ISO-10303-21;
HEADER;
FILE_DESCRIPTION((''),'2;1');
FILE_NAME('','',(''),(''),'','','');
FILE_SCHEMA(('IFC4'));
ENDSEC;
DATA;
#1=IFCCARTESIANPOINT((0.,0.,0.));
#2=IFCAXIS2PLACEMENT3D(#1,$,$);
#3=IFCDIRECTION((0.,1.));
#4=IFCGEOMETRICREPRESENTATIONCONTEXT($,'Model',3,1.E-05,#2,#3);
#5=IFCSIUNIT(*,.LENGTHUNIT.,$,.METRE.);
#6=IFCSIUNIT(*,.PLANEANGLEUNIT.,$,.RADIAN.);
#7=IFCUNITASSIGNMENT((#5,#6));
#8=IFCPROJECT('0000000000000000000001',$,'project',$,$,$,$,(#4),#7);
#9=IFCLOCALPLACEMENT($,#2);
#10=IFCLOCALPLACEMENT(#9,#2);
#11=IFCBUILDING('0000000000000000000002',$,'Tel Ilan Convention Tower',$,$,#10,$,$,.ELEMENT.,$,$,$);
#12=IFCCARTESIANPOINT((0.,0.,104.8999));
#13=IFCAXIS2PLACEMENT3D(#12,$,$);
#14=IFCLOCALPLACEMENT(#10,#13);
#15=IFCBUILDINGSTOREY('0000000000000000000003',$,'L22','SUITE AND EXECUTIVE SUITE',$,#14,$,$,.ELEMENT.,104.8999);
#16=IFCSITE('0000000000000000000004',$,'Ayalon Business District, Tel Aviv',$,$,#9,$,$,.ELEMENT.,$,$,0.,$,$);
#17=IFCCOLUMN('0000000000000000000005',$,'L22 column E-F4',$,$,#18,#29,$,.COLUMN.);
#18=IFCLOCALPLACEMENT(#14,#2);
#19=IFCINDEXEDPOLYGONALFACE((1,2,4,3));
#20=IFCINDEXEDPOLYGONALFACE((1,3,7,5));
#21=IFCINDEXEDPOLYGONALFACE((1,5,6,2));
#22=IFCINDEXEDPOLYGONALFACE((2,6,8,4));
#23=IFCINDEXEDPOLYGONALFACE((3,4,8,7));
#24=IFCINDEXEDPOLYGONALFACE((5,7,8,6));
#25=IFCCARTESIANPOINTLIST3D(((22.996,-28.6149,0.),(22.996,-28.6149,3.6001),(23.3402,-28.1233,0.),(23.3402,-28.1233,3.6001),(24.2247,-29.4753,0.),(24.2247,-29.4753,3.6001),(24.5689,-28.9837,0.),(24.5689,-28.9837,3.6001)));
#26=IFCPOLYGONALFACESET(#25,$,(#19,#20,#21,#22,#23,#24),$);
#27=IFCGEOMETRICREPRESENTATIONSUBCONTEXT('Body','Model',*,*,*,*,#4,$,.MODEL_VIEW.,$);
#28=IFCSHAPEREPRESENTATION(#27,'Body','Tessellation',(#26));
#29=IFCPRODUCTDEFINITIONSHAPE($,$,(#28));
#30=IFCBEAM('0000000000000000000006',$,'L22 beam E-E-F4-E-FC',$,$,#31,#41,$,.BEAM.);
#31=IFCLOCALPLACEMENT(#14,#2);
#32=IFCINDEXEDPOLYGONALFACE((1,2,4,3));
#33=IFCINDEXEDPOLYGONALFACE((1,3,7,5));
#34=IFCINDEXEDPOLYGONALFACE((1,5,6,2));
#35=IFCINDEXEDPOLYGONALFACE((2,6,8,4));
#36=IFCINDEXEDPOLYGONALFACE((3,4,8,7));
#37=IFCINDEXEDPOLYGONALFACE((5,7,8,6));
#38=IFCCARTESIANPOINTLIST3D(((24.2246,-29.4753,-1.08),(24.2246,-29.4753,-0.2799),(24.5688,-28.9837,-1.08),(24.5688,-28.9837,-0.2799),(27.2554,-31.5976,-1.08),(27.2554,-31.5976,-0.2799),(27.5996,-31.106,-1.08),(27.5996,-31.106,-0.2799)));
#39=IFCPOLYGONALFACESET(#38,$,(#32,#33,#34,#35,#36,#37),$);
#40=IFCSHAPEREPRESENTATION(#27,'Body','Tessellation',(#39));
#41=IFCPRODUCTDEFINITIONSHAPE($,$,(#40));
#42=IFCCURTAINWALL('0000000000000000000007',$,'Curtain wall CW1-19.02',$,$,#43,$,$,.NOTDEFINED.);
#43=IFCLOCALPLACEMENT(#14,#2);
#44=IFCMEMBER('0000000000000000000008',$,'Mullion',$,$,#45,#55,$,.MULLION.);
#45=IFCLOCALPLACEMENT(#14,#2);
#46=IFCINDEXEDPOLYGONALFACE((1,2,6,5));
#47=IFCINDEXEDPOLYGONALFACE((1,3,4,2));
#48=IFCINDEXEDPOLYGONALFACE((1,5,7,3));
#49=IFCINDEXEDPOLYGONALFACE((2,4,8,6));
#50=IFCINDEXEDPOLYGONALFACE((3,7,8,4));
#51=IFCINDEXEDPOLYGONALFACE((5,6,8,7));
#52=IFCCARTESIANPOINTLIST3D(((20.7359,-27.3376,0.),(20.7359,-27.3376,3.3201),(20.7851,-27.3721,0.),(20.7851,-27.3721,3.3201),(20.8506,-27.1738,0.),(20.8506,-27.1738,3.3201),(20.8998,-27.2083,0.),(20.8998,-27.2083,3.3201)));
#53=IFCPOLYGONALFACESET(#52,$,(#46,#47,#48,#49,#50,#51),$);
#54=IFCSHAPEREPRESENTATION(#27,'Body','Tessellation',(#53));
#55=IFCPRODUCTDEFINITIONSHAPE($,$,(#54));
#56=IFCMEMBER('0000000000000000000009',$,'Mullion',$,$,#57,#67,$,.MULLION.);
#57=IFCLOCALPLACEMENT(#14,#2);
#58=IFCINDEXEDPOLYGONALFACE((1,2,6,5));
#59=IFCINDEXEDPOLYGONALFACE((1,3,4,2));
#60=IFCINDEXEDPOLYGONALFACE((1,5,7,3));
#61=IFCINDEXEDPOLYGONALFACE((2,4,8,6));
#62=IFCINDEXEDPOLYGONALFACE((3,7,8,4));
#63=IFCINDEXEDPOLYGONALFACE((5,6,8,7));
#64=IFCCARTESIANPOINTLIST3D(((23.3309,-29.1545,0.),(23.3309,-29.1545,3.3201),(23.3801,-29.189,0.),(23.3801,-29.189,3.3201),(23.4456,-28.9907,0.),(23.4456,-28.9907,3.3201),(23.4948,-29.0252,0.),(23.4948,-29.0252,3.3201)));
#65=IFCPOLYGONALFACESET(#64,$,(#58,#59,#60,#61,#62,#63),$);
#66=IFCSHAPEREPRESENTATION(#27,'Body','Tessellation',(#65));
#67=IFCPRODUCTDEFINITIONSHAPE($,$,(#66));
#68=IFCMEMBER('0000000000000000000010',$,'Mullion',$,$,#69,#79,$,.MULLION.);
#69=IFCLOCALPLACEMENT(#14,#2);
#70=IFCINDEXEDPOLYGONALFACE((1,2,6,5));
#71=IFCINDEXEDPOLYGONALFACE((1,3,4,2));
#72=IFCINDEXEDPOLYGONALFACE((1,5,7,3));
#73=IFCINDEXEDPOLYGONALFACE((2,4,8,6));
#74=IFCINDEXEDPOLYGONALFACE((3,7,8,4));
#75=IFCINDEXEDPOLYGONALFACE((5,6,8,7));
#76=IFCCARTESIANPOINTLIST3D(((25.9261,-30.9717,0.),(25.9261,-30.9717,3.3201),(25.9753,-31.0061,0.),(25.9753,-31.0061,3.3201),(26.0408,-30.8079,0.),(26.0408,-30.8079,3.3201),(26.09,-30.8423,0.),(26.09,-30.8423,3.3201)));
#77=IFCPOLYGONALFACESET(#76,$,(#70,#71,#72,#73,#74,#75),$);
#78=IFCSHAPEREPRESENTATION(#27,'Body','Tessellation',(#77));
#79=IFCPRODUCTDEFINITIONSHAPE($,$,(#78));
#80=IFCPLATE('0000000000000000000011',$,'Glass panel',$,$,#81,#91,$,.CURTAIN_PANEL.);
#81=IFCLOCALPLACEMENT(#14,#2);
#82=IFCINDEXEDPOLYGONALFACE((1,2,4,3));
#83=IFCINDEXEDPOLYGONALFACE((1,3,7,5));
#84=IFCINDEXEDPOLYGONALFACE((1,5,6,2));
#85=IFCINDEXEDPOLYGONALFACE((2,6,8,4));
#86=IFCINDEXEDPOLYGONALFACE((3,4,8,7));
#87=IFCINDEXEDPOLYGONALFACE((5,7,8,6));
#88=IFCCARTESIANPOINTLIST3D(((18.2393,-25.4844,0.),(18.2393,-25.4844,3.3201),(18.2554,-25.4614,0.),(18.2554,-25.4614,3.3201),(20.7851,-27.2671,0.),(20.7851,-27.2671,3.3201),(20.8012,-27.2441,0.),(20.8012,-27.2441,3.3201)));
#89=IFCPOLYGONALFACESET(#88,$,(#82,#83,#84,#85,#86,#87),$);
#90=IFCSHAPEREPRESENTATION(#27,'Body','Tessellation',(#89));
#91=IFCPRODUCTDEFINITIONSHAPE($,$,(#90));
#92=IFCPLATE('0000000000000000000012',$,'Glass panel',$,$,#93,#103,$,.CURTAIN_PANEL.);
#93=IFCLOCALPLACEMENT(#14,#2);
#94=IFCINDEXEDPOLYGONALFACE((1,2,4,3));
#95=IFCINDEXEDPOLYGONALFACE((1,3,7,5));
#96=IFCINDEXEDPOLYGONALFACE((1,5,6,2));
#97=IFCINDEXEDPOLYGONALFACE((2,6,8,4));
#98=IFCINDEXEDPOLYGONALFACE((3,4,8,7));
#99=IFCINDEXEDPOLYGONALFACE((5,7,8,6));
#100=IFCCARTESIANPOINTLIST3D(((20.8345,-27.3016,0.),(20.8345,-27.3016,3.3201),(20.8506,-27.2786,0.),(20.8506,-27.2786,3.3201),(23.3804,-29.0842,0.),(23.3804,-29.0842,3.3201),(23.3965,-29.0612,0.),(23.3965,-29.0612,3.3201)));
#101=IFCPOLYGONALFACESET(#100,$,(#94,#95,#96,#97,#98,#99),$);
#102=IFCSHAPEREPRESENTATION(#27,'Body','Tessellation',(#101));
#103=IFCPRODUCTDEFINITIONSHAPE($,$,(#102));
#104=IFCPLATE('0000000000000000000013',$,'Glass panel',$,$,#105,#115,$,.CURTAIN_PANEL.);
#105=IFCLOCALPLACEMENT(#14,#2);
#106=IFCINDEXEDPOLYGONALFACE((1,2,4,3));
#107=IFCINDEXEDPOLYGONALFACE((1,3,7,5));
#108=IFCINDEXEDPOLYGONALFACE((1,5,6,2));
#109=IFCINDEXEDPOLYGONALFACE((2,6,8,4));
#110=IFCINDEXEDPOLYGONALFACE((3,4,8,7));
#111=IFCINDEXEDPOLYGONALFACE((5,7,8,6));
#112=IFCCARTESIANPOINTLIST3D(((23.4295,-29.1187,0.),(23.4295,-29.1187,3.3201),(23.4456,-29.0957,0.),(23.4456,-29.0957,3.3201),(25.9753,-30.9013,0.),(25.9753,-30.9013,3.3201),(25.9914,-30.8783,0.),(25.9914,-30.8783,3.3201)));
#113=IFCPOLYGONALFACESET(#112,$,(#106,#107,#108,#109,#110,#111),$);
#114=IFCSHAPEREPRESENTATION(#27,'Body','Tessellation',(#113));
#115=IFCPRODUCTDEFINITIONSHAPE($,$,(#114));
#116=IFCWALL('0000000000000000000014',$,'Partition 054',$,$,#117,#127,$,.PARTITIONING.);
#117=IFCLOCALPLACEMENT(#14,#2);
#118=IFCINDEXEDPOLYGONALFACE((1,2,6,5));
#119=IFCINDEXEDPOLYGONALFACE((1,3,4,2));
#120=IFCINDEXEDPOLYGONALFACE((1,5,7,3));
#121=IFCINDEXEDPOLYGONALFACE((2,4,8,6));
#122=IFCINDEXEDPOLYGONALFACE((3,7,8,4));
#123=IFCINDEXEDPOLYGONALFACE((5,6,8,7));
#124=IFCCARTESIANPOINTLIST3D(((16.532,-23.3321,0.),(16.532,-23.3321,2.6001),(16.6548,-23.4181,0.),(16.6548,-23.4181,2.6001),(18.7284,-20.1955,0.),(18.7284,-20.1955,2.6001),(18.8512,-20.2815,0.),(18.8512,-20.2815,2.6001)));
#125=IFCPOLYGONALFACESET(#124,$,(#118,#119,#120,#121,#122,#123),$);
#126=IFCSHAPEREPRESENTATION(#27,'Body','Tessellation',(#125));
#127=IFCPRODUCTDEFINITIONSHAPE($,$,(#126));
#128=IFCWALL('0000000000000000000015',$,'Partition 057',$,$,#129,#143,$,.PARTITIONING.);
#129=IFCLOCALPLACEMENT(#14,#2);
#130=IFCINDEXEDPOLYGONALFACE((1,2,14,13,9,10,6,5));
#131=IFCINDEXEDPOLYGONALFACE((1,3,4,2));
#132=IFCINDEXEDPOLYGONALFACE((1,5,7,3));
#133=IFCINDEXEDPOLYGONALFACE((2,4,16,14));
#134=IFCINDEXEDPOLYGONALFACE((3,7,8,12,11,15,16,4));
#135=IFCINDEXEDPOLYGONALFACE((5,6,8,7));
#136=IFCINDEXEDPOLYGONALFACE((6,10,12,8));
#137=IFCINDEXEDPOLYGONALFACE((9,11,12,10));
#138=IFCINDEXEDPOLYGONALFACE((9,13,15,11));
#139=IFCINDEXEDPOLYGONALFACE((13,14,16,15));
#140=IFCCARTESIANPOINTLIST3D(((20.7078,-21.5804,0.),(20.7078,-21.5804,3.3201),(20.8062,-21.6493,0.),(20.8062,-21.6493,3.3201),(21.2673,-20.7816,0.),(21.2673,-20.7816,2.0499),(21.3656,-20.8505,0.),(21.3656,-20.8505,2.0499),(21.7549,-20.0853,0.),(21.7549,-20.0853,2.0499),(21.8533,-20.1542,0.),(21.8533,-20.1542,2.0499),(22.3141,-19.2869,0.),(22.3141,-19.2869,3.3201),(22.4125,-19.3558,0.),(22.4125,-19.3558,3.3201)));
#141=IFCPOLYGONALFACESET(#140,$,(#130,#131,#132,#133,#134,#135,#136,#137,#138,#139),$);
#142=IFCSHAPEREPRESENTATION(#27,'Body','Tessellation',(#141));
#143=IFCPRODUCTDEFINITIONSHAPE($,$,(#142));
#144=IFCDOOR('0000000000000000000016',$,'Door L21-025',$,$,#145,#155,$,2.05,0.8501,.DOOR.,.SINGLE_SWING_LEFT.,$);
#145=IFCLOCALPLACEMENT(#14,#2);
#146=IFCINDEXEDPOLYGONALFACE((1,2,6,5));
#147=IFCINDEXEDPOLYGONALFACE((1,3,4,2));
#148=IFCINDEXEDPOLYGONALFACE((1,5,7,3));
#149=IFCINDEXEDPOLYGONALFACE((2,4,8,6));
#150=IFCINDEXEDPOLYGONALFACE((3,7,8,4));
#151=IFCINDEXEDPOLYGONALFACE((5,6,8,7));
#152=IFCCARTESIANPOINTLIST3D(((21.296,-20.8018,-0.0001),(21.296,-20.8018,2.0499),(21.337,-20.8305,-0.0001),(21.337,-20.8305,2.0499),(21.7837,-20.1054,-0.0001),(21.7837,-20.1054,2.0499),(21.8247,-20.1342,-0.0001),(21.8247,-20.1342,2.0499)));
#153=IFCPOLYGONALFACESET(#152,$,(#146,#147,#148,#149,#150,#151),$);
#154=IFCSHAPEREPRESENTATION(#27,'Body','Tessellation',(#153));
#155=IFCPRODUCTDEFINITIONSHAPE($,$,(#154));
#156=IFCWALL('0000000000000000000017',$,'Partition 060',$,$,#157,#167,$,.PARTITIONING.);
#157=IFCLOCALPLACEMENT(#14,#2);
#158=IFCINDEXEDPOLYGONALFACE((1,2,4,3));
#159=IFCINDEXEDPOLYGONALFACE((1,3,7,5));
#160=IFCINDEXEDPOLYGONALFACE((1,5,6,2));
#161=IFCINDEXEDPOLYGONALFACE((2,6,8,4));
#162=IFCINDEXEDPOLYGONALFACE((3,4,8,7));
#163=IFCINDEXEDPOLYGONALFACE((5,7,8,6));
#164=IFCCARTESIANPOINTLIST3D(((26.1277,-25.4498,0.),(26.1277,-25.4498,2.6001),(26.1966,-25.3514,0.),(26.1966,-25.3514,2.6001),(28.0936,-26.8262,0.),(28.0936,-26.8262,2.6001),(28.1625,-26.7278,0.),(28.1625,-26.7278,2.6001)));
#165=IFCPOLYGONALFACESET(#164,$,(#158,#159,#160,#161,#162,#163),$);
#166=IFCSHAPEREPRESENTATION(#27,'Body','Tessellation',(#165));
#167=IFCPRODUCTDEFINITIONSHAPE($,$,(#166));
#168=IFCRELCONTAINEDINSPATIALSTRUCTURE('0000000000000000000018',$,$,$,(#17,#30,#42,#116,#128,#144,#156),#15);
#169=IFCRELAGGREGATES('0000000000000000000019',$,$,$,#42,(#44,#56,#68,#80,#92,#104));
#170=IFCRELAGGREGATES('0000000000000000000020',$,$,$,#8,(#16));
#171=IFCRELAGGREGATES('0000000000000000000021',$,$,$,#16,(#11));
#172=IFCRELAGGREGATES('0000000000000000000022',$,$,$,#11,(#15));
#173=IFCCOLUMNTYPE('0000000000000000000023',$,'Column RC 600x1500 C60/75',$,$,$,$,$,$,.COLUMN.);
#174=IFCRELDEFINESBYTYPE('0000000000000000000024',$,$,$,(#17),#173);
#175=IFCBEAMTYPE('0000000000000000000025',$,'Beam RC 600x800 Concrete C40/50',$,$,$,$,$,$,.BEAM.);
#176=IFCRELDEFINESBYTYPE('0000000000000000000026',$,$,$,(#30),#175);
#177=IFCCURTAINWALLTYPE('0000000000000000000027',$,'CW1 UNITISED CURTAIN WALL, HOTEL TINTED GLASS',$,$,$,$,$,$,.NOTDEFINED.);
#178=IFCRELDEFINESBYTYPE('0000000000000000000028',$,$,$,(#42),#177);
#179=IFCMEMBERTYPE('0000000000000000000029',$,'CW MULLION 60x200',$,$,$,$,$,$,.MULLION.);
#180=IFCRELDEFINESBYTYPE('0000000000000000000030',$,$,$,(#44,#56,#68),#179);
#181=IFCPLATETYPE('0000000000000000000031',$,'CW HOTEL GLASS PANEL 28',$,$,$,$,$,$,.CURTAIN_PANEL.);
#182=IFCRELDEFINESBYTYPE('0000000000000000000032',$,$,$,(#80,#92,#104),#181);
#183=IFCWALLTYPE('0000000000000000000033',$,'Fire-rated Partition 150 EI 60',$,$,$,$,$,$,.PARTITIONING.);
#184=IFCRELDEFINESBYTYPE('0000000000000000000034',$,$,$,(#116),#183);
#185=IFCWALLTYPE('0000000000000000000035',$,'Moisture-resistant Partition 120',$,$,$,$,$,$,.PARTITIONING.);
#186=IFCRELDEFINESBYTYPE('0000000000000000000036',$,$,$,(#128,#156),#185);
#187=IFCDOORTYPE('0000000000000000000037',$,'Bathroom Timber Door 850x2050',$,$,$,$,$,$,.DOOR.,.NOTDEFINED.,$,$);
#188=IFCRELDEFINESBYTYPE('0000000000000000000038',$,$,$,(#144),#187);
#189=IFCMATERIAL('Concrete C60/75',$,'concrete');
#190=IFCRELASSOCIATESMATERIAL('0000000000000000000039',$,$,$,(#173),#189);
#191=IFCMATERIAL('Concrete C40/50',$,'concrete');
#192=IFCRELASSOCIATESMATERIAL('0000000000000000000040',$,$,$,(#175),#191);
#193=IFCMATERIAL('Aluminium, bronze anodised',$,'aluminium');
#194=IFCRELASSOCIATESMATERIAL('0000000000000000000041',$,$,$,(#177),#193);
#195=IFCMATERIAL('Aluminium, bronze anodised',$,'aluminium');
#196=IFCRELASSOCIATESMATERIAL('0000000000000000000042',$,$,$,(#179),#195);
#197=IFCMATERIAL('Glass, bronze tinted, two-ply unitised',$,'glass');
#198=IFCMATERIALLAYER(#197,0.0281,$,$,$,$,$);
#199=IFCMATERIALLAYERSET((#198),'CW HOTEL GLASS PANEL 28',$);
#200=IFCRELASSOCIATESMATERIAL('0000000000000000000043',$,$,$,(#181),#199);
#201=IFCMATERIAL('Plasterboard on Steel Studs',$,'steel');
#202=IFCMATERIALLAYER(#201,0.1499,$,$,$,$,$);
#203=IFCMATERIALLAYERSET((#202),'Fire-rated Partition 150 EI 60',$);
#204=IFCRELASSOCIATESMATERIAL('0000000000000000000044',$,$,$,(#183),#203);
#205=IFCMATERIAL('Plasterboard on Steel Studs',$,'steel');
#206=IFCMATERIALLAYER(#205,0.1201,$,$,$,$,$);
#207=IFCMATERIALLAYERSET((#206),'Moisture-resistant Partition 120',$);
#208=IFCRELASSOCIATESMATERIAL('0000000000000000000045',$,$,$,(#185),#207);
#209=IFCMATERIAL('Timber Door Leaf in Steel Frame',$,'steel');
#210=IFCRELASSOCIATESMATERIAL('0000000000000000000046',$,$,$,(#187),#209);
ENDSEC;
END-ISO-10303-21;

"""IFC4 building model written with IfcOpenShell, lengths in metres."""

from ifc_helpers import new_model, si_unit, direction, frame, frame_2d, origin, origin_2d, place, context, subcontext, project, spatial, rectangle, extrude, material, layer, layer_set, material_profile, profile_set, type_object, element, fill, aggregate, save


model = new_model("IFC4")

# Units and contexts
model_context = context("Model", 3, precision=1e-05, world=origin(), true_north=direction((0.0, 1.0)))
body_context = subcontext(model_context, "Body", "Model", "MODEL_VIEW")
ifc_project = project(units=[si_unit("LENGTHUNIT", "METRE"), si_unit("PLANEANGLEUNIT", "RADIAN")], contexts=[model_context])

# Site, building, storey
site_placement = place(None, origin())
site = spatial("IfcSite", under=ifc_project, at=site_placement, Name="Ayalon Business District, Tel Aviv", CompositionType="ELEMENT", RefElevation=0.0)
building_placement = place(site_placement, origin())
building = spatial("IfcBuilding", under=site, at=building_placement, Name="Tel Ilan Convention Tower", CompositionType="ELEMENT")
storey_placement = place(building_placement, frame((0.0, 0.0, 104.8999)))
storey = spatial("IfcBuildingStorey", under=building, at=storey_placement, Name="L22", Description="SUITE AND EXECUTIVE SUITE", CompositionType="ELEMENT", Elevation=104.8999)

# Column
ifc_material_1 = material(Name="Concrete C60/75", Category="concrete")
ifc_material_profile_1 = material_profile(ifc_material_1, rectangle(XDim=1.5, YDim=0.6001, at=origin_2d()), Name="RC 600x1500")
ifc_profile_set_1 = profile_set([ifc_material_profile_1], Name="Concrete C60/75")
column_type = type_object("IfcColumnType", Name="Column RC 600x1500 C60/75", PredefinedType="COLUMN", material=ifc_profile_set_1)
column_placement = place(storey_placement, frame((23.7825, -28.7993, 0.0), z_axis=(0.0, 0.0, 1.0), x_axis=(0.819152, -0.573576, 0.0)))
element("IfcColumn", 1, at=column_placement, inside=storey, type_object=column_type, Name="L22 column E-F4", PredefinedType="COLUMN", context=body_context, shape_type="SweptSolid", body=[
    extrude(rectangle(XDim=1.5, YDim=0.6001, at=origin_2d()), origin(), (0.0, 0.0, 1.0), 3.6001),
])

# Beam
ifc_material_2 = material(Name="Concrete C40/50", Category="concrete")
ifc_material_profile_2 = material_profile(ifc_material_2, rectangle(XDim=0.6001, YDim=0.8, at=origin_2d()), Name="RC 600x800")
ifc_profile_set_2 = profile_set([ifc_material_profile_2], Name="Concrete C40/50")
beam_type = type_object("IfcBeamType", Name="Beam RC 600x800 Concrete C40/50", PredefinedType="BEAM", material=ifc_profile_set_2)
beam_placement = place(storey_placement, frame((24.3967, -29.2295, -0.6799), z_axis=(0.819133, -0.573604, 0.0), x_axis=(0.573604, 0.819133, 0.0)))
element("IfcBeam", 2, at=beam_placement, inside=storey, type_object=beam_type, Name="L22 beam E-E-F4-E-FC", PredefinedType="BEAM", context=body_context, shape_type="SweptSolid", body=[
    extrude(rectangle(XDim=0.6001, YDim=0.8, at=origin_2d()), origin(), (0.0, 0.0, 1.0), 3.7),
])

# Curtain wall, members, plates
ifc_material_3 = material(Name="Aluminium, bronze anodised", Category="aluminium")
curtain_wall_type = type_object("IfcCurtainWallType", Name="CW1 UNITISED CURTAIN WALL, HOTEL TINTED GLASS", PredefinedType="NOTDEFINED", material=ifc_material_3)
curtain_wall_placement = place(storey_placement, origin())
curtain_wall = element("IfcCurtainWall", 3, at=curtain_wall_placement, inside=storey, type_object=curtain_wall_type, Name="Curtain wall CW1-19.02", PredefinedType="NOTDEFINED")
ifc_material_4 = material(Name="Aluminium, bronze anodised", Category="aluminium")
ifc_material_profile_3 = material_profile(ifc_material_4, rectangle(XDim=0.0601, YDim=0.2, at=origin_2d()), Name="CW MULLION 60x200")
ifc_profile_set_3 = profile_set([ifc_material_profile_3], Name="Aluminium, bronze anodised")
member_type = type_object("IfcMemberType", Name="CW MULLION 60x200", PredefinedType="MULLION", material=ifc_profile_set_3)
member_1_placement = place(storey_placement, frame((20.8179, -27.2729, 0.0), z_axis=(0.0, 0.0, 1.0), x_axis=(0.819152, -0.573576, 0.0)))
member_1 = element("IfcMember", 4, at=member_1_placement, type_object=member_type, Name="Mullion", PredefinedType="MULLION", context=body_context, shape_type="SweptSolid", body=[
    extrude(rectangle(XDim=0.0601, YDim=0.2, at=origin_2d()), origin(), (0.0, 0.0, 1.0), 3.3201),
])
member_2_placement = place(storey_placement, frame((23.4128, -29.0898, 0.0), z_axis=(0.0, 0.0, 1.0), x_axis=(0.819152, -0.573576, 0.0)))
member_2 = element("IfcMember", 5, at=member_2_placement, type_object=member_type, Name="Mullion", PredefinedType="MULLION", context=body_context, shape_type="SweptSolid", body=[
    extrude(rectangle(XDim=0.0601, YDim=0.2, at=origin_2d()), origin(), (0.0, 0.0, 1.0), 3.3201),
])
member_3_placement = place(storey_placement, frame((26.0081, -30.907, 0.0), z_axis=(0.0, 0.0, 1.0), x_axis=(0.819152, -0.573576, 0.0)))
member_3 = element("IfcMember", 6, at=member_3_placement, type_object=member_type, Name="Mullion", PredefinedType="MULLION", context=body_context, shape_type="SweptSolid", body=[
    extrude(rectangle(XDim=0.0601, YDim=0.2, at=origin_2d()), origin(), (0.0, 0.0, 1.0), 3.3201),
])
ifc_material_5 = material(Name="Glass, bronze tinted, two-ply unitised", Category="glass")
ifc_layer_1 = layer(ifc_material_5, 0.0281)
ifc_layer_set_1 = layer_set([ifc_layer_1], Name="CW HOTEL GLASS PANEL 28")
plate_type = type_object("IfcPlateType", Name="CW HOTEL GLASS PANEL 28", PredefinedType="CURTAIN_PANEL", material=ifc_layer_set_1)
plate_1_placement = place(storey_placement, frame((19.5203, -26.3643, 0.0), z_axis=(0.0, 0.0, 1.0), x_axis=(0.819152, -0.573576, 0.0)))
plate_1 = element("IfcPlate", 7, at=plate_1_placement, type_object=plate_type, Name="Glass panel", PredefinedType="CURTAIN_PANEL", context=body_context, shape_type="SweptSolid", body=[
    extrude(rectangle(XDim=3.1079, YDim=0.0281, at=origin_2d()), origin(), (0.0, 0.0, 1.0), 3.3201),
])
plate_2_placement = place(storey_placement, frame((22.1155, -28.1814, 0.0), z_axis=(0.0, 0.0, 1.0), x_axis=(0.819152, -0.573576, 0.0)))
plate_2 = element("IfcPlate", 8, at=plate_2_placement, type_object=plate_type, Name="Glass panel", PredefinedType="CURTAIN_PANEL", context=body_context, shape_type="SweptSolid", body=[
    extrude(rectangle(XDim=3.1079, YDim=0.0281, at=origin_2d()), origin(), (0.0, 0.0, 1.0), 3.3201),
])
plate_3_placement = place(storey_placement, frame((24.7104, -29.9985, 0.0), z_axis=(0.0, 0.0, 1.0), x_axis=(0.819152, -0.573576, 0.0)))
plate_3 = element("IfcPlate", 9, at=plate_3_placement, type_object=plate_type, Name="Glass panel", PredefinedType="CURTAIN_PANEL", context=body_context, shape_type="SweptSolid", body=[
    extrude(rectangle(XDim=3.1079, YDim=0.0281, at=origin_2d()), origin(), (0.0, 0.0, 1.0), 3.3201),
])
aggregate(curtain_wall, [member_1, member_2, member_3, plate_1, plate_2, plate_3])

# Wall
ifc_material_6 = material(Name="Plasterboard on Steel Studs", Category="steel")
ifc_layer_2 = layer(ifc_material_6, 0.1499)
ifc_layer_set_2 = layer_set([ifc_layer_2], Name="Fire-rated Partition 150 EI 60")
wall_type_1 = type_object("IfcWallType", Name="Fire-rated Partition 150 EI 60", PredefinedType="PARTITIONING", material=ifc_layer_set_2)
wall_1_placement = place(storey_placement, frame((18.7898, -20.2385, 0.0), z_axis=(0.0, 0.0, 1.0), x_axis=(-0.573595, -0.819139, 0.0)))
element("IfcWall", 10, at=wall_1_placement, inside=storey, type_object=wall_type_1, Name="Partition 054", PredefinedType="PARTITIONING", context=body_context, shape_type="SweptSolid", body=[
    extrude(rectangle(XDim=3.8291, YDim=0.1499, at=frame_2d((1.9146, 0.0))), origin(), (0.0, 0.0, 1.0), 2.6001),
])

# Wall, opening, door
ifc_material_7 = material(Name="Plasterboard on Steel Studs", Category="steel")
ifc_layer_3 = layer(ifc_material_7, 0.1201)
ifc_layer_set_3 = layer_set([ifc_layer_3], Name="Moisture-resistant Partition 120")
wall_type_2 = type_object("IfcWallType", Name="Moisture-resistant Partition 120", PredefinedType="PARTITIONING", material=ifc_layer_set_3)
wall_2_placement = place(storey_placement, frame((20.7571, -21.6147, 0.0), z_axis=(0.0, 0.0, 1.0), x_axis=(0.57365, 0.819101, 0.0)))
wall_2 = element("IfcWall", 11, at=wall_2_placement, inside=storey, type_object=wall_type_2, Name="Partition 057", PredefinedType="PARTITIONING", context=body_context, shape_type="SweptSolid", body=[
    extrude(rectangle(XDim=2.8, YDim=0.1201, at=frame_2d((1.3999, 0.0))), origin(), (0.0, 0.0, 1.0), 3.3201),
])
opening_placement = place(wall_2_placement, frame((0.9751, 0.0, 0.0)))
opening = element("IfcOpeningElement", 12, at=opening_placement, cuts=wall_2, PredefinedType="OPENING", context=body_context, shape_type="SweptSolid", body=[
    extrude(rectangle(XDim=0.8501, YDim=2.05, at=frame_2d((0.425, 1.0249))), frame((0.0, 0.0701, 0.0), z_axis=(0.0, -1.0, 0.0), x_axis=(1.0, 0.0, 0.0)), (0.0, 0.0, 1.0), 0.1401),
])
ifc_material_8 = material(Name="Timber Door Leaf in Steel Frame", Category="steel")
door_type = type_object("IfcDoorType", Name="Bathroom Timber Door 850x2050", OperationType="NOTDEFINED", PredefinedType="DOOR", material=ifc_material_8)
door_placement = place(opening_placement, origin())
door = element("IfcDoor", 13, at=door_placement, inside=storey, type_object=door_type, Name="Door L21-025", OperationType="SINGLE_SWING_LEFT", OverallHeight=2.05, OverallWidth=0.8501, PredefinedType="DOOR", context=body_context, shape_type="SweptSolid", body=[
    extrude(rectangle(XDim=0.8501, YDim=2.05, at=frame_2d((0.425, 1.0249))), frame((0.0, 0.0249, 0.0), z_axis=(0.0, -1.0, 0.0), x_axis=(1.0, 0.0, 0.0)), (0.0, 0.0, 1.0), 0.05),
])
fill(opening, door)

# Wall
wall_3_placement = place(storey_placement, frame((26.1621, -25.4006, 0.0), z_axis=(0.0, 0.0, 1.0), x_axis=(0.819189, -0.573524, 0.0)))
element("IfcWall", 14, at=wall_3_placement, inside=storey, type_object=wall_type_2, Name="Partition 060", PredefinedType="PARTITIONING", context=body_context, shape_type="SweptSolid", body=[
    extrude(rectangle(XDim=2.3999, YDim=0.1201, at=frame_2d((1.2, 0.0))), origin(), (0.0, 0.0, 1.0), 2.6001),
])

save(model, "model.ifc")
